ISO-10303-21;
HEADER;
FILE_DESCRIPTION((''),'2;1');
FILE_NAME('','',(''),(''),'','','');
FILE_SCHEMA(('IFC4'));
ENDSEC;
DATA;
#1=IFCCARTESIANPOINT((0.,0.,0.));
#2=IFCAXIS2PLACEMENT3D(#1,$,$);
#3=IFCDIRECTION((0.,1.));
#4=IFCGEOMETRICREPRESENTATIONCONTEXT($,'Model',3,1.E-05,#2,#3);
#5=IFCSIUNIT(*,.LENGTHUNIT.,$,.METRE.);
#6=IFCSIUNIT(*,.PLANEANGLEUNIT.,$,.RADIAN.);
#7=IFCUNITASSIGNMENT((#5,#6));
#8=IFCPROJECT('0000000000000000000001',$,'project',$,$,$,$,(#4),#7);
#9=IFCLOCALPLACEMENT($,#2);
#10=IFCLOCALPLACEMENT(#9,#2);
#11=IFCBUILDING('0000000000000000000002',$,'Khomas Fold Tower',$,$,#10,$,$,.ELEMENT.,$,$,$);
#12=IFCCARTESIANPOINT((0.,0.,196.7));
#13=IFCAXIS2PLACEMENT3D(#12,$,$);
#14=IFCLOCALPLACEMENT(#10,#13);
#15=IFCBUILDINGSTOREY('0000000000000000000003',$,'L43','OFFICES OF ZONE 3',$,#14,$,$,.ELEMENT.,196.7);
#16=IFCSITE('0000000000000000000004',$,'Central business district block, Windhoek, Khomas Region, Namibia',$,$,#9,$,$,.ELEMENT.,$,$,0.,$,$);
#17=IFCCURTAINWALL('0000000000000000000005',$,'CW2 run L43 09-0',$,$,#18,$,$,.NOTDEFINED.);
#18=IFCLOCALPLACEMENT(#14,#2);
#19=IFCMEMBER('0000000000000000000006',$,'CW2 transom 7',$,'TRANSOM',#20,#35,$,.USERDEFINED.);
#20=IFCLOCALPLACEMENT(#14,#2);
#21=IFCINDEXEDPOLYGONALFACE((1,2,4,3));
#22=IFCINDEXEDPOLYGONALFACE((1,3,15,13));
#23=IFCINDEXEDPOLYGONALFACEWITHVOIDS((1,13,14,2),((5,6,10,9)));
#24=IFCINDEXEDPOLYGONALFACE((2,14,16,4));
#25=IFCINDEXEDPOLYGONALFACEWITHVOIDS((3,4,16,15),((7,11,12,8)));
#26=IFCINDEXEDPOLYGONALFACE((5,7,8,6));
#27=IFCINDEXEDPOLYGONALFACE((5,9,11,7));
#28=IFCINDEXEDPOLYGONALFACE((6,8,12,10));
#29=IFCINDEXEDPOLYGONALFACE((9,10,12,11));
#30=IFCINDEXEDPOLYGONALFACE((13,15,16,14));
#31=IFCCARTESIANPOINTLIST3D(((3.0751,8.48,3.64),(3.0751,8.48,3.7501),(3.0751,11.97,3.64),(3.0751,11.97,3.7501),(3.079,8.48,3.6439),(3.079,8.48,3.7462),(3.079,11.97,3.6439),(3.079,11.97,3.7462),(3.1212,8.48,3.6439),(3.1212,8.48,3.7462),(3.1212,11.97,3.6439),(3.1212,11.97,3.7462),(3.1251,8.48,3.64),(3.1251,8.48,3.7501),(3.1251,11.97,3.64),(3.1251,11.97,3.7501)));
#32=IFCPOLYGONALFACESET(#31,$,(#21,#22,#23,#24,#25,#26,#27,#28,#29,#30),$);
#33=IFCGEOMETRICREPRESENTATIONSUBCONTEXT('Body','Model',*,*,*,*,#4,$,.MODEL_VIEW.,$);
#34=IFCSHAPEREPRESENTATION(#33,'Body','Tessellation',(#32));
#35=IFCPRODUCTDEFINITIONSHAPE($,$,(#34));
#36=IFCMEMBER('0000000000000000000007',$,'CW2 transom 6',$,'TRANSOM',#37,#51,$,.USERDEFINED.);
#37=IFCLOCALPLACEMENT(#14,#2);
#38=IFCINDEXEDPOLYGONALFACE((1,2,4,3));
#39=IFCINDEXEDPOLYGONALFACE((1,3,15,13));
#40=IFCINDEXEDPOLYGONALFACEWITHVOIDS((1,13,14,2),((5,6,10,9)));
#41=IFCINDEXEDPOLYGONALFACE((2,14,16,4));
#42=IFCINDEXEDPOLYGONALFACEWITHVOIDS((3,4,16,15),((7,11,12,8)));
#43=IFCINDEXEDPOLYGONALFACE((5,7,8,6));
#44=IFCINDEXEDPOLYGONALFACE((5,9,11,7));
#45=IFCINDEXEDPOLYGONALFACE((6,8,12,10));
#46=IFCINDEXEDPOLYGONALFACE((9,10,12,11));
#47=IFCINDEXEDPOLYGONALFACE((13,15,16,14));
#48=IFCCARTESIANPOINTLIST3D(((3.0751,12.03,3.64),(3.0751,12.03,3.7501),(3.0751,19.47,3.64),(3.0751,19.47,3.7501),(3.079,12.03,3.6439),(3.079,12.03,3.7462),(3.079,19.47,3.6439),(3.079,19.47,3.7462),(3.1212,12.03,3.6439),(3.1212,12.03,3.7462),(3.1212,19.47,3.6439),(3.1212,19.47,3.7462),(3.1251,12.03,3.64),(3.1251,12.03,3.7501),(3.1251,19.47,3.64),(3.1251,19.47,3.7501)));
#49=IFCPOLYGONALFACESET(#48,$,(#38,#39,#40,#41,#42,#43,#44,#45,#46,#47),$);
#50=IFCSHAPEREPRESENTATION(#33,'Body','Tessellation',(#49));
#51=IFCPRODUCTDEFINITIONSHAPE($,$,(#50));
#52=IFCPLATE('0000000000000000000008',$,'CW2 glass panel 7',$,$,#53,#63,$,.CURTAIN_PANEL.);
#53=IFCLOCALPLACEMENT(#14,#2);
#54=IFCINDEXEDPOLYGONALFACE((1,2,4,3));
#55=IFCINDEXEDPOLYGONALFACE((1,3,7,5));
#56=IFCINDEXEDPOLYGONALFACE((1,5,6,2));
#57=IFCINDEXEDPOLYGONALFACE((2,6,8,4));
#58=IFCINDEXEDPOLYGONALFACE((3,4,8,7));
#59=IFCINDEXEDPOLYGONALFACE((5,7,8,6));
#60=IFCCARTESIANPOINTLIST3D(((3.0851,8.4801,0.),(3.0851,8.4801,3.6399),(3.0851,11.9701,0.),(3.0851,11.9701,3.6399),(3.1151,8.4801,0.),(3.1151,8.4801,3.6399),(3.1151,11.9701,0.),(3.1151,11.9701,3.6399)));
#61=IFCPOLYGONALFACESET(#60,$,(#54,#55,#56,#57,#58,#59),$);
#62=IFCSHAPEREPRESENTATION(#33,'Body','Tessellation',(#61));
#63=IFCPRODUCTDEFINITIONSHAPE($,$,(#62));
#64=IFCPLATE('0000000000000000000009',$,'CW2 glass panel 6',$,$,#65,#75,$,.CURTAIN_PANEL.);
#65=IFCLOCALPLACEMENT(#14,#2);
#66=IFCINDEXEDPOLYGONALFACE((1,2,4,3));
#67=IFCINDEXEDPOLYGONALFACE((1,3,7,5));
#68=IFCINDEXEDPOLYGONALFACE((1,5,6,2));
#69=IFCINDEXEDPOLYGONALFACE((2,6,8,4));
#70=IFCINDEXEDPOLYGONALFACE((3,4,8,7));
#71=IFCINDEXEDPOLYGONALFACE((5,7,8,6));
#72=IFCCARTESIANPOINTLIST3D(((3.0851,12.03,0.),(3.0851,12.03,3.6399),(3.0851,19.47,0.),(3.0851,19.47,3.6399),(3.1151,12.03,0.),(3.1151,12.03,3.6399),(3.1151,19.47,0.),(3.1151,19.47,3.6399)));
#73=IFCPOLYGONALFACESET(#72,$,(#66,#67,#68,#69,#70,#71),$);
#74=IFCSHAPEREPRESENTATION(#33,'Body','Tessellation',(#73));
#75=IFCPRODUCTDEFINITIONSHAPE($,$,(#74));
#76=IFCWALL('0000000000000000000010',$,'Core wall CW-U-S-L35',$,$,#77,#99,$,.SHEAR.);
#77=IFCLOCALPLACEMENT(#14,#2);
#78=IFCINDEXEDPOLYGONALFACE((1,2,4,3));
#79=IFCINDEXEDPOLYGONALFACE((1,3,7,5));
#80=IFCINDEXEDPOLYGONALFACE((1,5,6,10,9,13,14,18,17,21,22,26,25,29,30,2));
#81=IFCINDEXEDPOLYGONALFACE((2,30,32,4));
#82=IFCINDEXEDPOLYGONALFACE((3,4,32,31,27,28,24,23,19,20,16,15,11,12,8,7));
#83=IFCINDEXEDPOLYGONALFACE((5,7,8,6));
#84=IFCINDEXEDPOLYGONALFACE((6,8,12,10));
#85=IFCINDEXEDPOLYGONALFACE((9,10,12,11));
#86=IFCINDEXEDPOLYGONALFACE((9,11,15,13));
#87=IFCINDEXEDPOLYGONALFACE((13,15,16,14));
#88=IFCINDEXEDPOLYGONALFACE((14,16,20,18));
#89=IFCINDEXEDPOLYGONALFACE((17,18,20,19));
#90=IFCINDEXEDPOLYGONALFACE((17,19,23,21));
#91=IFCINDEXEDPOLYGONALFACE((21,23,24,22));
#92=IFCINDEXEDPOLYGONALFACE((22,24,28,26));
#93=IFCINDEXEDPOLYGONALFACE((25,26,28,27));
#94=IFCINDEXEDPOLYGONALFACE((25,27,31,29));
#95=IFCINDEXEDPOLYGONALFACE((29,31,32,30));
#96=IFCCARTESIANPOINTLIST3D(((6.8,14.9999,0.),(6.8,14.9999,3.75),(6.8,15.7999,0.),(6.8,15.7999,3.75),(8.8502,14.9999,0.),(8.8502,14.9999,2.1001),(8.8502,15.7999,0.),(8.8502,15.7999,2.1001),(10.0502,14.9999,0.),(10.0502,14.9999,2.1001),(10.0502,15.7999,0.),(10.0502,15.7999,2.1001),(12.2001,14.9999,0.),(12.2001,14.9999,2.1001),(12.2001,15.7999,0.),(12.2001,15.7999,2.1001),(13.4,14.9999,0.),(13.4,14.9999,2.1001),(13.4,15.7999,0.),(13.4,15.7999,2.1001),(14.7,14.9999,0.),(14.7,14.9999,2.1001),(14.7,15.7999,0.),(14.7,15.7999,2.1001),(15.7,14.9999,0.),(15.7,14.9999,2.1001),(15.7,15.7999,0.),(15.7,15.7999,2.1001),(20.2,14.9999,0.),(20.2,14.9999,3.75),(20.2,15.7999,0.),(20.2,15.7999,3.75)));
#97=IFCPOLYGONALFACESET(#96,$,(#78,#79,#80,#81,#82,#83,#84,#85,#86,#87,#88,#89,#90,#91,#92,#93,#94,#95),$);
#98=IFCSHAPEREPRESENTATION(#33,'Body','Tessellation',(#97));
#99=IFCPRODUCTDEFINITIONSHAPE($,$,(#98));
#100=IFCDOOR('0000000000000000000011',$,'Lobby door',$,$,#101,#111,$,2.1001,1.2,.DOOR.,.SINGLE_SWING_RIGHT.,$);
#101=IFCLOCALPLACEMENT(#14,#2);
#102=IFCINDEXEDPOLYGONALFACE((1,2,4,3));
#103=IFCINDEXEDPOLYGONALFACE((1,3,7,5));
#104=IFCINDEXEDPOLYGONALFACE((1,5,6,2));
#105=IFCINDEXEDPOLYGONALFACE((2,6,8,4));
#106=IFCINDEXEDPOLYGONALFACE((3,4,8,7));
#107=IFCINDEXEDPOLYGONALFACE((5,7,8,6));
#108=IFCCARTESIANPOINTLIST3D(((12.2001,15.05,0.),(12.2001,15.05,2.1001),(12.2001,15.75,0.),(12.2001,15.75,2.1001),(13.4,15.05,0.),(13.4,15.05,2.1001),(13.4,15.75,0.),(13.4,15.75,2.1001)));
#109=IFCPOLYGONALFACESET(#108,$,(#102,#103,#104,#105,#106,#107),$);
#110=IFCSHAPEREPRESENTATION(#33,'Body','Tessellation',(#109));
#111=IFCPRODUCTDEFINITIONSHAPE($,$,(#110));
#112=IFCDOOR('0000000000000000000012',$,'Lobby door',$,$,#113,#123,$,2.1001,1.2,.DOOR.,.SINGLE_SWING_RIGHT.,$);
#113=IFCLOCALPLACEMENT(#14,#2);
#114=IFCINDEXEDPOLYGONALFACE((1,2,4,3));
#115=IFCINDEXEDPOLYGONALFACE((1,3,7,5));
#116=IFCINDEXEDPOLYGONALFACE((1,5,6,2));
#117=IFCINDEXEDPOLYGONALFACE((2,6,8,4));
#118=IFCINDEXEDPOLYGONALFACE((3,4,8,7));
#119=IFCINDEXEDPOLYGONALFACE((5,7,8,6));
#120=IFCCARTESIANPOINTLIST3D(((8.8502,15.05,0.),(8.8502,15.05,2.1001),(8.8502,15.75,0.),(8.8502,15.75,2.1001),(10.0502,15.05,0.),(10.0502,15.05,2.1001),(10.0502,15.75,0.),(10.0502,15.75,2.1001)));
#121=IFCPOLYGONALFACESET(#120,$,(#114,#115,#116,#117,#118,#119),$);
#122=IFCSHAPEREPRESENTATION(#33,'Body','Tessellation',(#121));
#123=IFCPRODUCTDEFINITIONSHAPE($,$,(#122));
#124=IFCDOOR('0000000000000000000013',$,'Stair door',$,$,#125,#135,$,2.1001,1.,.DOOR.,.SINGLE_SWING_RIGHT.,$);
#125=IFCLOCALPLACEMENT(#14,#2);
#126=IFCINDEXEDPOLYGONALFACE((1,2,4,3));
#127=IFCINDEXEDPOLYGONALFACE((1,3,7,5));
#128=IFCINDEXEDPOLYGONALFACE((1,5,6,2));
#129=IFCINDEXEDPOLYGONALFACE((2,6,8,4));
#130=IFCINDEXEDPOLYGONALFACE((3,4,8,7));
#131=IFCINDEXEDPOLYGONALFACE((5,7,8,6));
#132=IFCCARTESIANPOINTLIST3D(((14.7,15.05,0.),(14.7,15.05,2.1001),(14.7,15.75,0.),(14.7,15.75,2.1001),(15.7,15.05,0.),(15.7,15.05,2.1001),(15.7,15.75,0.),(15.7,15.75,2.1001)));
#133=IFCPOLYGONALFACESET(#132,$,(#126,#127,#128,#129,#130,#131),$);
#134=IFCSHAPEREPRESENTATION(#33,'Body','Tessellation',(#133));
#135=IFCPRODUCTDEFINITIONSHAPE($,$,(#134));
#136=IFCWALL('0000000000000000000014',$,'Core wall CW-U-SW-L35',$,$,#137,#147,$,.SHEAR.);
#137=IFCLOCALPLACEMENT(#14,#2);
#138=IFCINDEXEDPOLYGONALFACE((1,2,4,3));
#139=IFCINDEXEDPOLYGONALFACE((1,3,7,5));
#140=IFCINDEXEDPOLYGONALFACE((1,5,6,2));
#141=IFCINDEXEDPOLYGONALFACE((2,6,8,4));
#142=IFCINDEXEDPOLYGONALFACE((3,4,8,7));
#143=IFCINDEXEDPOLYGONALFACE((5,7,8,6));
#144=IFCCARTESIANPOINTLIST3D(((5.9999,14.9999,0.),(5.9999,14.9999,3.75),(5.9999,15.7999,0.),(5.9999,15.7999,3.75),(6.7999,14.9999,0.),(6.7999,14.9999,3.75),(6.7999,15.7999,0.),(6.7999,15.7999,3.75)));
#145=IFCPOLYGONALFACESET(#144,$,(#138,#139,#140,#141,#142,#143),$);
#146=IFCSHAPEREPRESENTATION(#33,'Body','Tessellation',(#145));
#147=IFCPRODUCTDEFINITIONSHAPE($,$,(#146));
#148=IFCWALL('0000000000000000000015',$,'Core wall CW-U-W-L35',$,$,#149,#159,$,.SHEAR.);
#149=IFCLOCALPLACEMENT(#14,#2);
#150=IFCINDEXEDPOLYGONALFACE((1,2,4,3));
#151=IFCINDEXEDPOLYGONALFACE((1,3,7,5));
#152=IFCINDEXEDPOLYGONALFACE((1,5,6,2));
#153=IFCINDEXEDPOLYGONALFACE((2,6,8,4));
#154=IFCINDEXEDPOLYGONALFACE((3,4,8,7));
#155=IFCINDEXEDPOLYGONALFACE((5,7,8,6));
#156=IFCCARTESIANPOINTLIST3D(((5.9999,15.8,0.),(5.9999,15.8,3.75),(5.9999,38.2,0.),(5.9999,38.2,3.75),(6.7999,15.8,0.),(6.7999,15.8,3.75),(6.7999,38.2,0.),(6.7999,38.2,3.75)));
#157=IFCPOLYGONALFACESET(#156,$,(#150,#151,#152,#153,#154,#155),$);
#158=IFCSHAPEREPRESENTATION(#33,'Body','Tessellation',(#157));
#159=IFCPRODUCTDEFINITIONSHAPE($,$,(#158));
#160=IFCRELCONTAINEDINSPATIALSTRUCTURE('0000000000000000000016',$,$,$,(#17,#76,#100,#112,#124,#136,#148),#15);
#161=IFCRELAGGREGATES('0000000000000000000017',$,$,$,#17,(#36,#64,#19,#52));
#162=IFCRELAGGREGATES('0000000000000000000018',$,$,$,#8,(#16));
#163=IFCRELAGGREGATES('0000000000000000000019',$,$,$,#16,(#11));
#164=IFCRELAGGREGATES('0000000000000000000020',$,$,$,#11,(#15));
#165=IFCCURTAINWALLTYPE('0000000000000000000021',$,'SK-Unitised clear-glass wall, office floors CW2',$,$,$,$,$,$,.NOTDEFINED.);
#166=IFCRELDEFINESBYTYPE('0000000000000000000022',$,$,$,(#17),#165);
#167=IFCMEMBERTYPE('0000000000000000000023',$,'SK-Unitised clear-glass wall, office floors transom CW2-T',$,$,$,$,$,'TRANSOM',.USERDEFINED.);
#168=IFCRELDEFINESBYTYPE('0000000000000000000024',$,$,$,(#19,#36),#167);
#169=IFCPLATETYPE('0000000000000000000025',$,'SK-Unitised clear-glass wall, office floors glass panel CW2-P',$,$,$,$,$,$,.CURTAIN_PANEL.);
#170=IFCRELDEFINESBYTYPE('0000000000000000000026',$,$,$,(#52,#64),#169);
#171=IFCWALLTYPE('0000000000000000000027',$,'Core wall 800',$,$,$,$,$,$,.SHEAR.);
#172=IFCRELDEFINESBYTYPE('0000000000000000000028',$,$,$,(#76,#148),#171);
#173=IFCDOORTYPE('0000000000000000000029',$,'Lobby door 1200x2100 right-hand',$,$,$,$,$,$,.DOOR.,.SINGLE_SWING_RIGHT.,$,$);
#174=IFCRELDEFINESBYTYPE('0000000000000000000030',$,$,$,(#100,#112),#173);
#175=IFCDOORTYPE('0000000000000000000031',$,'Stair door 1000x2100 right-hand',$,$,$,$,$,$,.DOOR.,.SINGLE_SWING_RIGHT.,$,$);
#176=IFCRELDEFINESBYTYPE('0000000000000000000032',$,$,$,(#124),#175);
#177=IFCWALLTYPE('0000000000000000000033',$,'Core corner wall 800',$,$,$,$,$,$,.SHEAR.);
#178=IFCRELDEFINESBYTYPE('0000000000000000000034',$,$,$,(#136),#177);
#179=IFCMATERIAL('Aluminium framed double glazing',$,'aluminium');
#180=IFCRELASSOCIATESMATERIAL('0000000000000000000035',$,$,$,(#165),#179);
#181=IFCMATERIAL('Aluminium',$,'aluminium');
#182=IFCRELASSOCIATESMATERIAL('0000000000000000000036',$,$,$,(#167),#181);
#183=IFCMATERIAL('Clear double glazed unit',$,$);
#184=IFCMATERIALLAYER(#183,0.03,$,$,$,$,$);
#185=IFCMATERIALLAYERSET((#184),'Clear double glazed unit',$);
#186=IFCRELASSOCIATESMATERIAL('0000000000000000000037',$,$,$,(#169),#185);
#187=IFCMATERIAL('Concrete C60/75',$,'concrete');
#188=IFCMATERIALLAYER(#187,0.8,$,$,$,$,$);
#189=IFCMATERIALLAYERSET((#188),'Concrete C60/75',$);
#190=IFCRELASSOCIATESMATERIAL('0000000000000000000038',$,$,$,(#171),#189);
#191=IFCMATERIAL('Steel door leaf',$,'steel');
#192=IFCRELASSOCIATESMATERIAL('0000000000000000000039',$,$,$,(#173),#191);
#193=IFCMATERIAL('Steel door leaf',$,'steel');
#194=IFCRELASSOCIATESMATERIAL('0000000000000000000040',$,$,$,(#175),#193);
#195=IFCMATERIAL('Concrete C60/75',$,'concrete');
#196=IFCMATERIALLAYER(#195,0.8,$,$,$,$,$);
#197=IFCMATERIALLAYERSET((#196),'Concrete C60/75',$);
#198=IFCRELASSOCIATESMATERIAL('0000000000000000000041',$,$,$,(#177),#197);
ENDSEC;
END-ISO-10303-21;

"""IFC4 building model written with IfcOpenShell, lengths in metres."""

from ifc_helpers import new_model, si_unit, direction, frame, frame_2d, origin, origin_2d, place, context, subcontext, project, spatial, rectangle, hollow_rectangle, extrude, source, transform, mapped, material, layer, layer_set, material_profile, profile_set, type_object, element, fill, aggregate, save


model = new_model("IFC4")

# Units and contexts
model_context = context("Model", 3, precision=1e-05, world=origin(), true_north=direction((0.0, 1.0)))
body_context = subcontext(model_context, "Body", "Model", "MODEL_VIEW")
ifc_project = project(units=[si_unit("LENGTHUNIT", "METRE"), si_unit("PLANEANGLEUNIT", "RADIAN")], contexts=[model_context])

# Site, building, storey
site_placement = place(None, origin())
site = spatial("IfcSite", under=ifc_project, at=site_placement, Name="Central business district block, Windhoek, Khomas Region, Namibia", CompositionType="ELEMENT", RefElevation=0.0)
building_placement = place(site_placement, origin())
building = spatial("IfcBuilding", under=site, at=building_placement, Name="Khomas Fold Tower", CompositionType="ELEMENT")
storey_placement = place(building_placement, frame((0.0, 0.0, 196.7)))
storey = spatial("IfcBuildingStorey", under=building, at=storey_placement, Name="L43", Description="OFFICES OF ZONE 3", CompositionType="ELEMENT", Elevation=196.7)

# Curtain wall, members, plates
ifc_material_1 = material(Name="Aluminium framed double glazing", Category="aluminium")
curtain_wall_type = type_object("IfcCurtainWallType", Name="SK-Unitised clear-glass wall, office floors CW2", PredefinedType="NOTDEFINED", material=ifc_material_1)
curtain_wall_placement = place(storey_placement, origin())
curtain_wall = element("IfcCurtainWall", 1, at=curtain_wall_placement, inside=storey, type_object=curtain_wall_type, Name="CW2 run L43 09-0", PredefinedType="NOTDEFINED")
ifc_material_2 = material(Name="Aluminium", Category="aluminium")
ifc_material_profile_1 = material_profile(ifc_material_2, hollow_rectangle(XDim=0.05, YDim=0.1101, WallThickness=0.0039, at=origin_2d()), Name="SK-Unitised clear-glass wall, office floors transom CW2-T")
ifc_profile_set_1 = profile_set([ifc_material_profile_1], Name="Aluminium")
member_type_1 = type_object("IfcMemberType", Name="SK-Unitised clear-glass wall, office floors transom CW2-T", ElementType="TRANSOM", PredefinedType="USERDEFINED", material=ifc_profile_set_1)
shared_shape_1 = source(origin(), body_context, "Body", "SweptSolid", [
    extrude(hollow_rectangle(XDim=0.05, YDim=0.1101, WallThickness=0.0039, at=origin_2d()), origin(), (0.0, 0.0, 1.0), 3.49),
])
member_1_placement = place(storey_placement, frame((3.1001, 11.97, 3.6951), z_axis=(0.0, -1.0, 0.0), x_axis=(1.0, 0.0, 0.0)))
member_1 = element("IfcMember", 2, at=member_1_placement, type_object=member_type_1, Name="CW2 transom 7", ObjectType="TRANSOM", PredefinedType="USERDEFINED", context=body_context, shape_type="MappedRepresentation", body=[
    mapped(shared_shape_1, transform((0.0, 0.0, 0.0))),
])
shared_shape_2 = source(origin(), body_context, "Body", "SweptSolid", [
    extrude(hollow_rectangle(XDim=0.05, YDim=0.1101, WallThickness=0.0039, at=origin_2d()), origin(), (0.0, 0.0, 1.0), 7.4399),
])
member_2_placement = place(storey_placement, frame((3.1001, 19.47, 3.6951), z_axis=(0.0, -1.0, 0.0), x_axis=(1.0, 0.0, 0.0)))
member_2 = element("IfcMember", 3, at=member_2_placement, type_object=member_type_1, Name="CW2 transom 6", ObjectType="TRANSOM", PredefinedType="USERDEFINED", context=body_context, shape_type="MappedRepresentation", body=[
    mapped(shared_shape_2, transform((0.0, 0.0, 0.0))),
])
ifc_material_3 = material(Name="Clear double glazed unit")
ifc_layer_1 = layer(ifc_material_3, 0.03)
ifc_layer_set_1 = layer_set([ifc_layer_1], Name="Clear double glazed unit")
plate_type = type_object("IfcPlateType", Name="SK-Unitised clear-glass wall, office floors glass panel CW2-P", PredefinedType="CURTAIN_PANEL", material=ifc_layer_set_1)
shared_shape_3 = source(origin(), body_context, "Body", "SweptSolid", [
    extrude(rectangle(XDim=3.49, YDim=0.03, at=origin_2d()), origin(), (0.0, 0.0, 1.0), 3.6399),
])
plate_1_placement = place(storey_placement, frame((3.1001, 10.2251, 0.0), z_axis=(0.0, 0.0, 1.0), x_axis=(0.0, -1.0, 0.0)))
plate_1 = element("IfcPlate", 4, at=plate_1_placement, type_object=plate_type, Name="CW2 glass panel 7", PredefinedType="CURTAIN_PANEL", context=body_context, shape_type="MappedRepresentation", body=[
    mapped(shared_shape_3, transform((0.0, 0.0, 0.0))),
])
shared_shape_4 = source(origin(), body_context, "Body", "SweptSolid", [
    extrude(rectangle(XDim=7.4399, YDim=0.03, at=origin_2d()), origin(), (0.0, 0.0, 1.0), 3.6399),
])
plate_2_placement = place(storey_placement, frame((3.1001, 15.75, 0.0), z_axis=(0.0, 0.0, 1.0), x_axis=(0.0, -1.0, 0.0)))
plate_2 = element("IfcPlate", 5, at=plate_2_placement, type_object=plate_type, Name="CW2 glass panel 6", PredefinedType="CURTAIN_PANEL", context=body_context, shape_type="MappedRepresentation", body=[
    mapped(shared_shape_4, transform((0.0, 0.0, 0.0))),
])
aggregate(curtain_wall, [member_2, plate_2, member_1, plate_1])

# Wall, openings, doors
ifc_material_4 = material(Name="Concrete C60/75", Category="concrete")
ifc_layer_2 = layer(ifc_material_4, 0.8)
ifc_layer_set_2 = layer_set([ifc_layer_2], Name="Concrete C60/75")
wall_type_1 = type_object("IfcWallType", Name="Core wall 800", PredefinedType="SHEAR", material=ifc_layer_set_2)
shared_shape_5 = source(origin(), body_context, "Body", "SweptSolid", [
    extrude(rectangle(XDim=13.3999, YDim=0.8, at=frame_2d((6.7, 0.0))), origin(), (0.0, 0.0, 1.0), 3.75),
])
wall_1_placement = place(storey_placement, frame((6.8, 15.3999, 0.0), z_axis=(0.0, 0.0, 1.0), x_axis=(1.0, 0.0, 0.0)))
wall_1 = element("IfcWall", 6, at=wall_1_placement, inside=storey, type_object=wall_type_1, Name="Core wall CW-U-S-L35", PredefinedType="SHEAR", context=body_context, shape_type="MappedRepresentation", body=[
    mapped(shared_shape_5, transform((0.0, 0.0, 0.0))),
])
shared_shape_6 = source(origin(), body_context, "Body", "SweptSolid", [
    extrude(rectangle(XDim=1.2, YDim=2.1001, at=frame_2d((0.6001, 1.05))), frame((0.0, 0.4099, 0.0), z_axis=(0.0, -1.0, 0.0), x_axis=(1.0, 0.0, 0.0)), (0.0, 0.0, 1.0), 0.8201),
])
opening_1_placement = place(wall_1_placement, frame((5.3999, 0.0, 0.0)))
opening_1 = element("IfcOpeningElement", 7, at=opening_1_placement, cuts=wall_1, PredefinedType="OPENING", context=body_context, shape_type="MappedRepresentation", body=[
    mapped(shared_shape_6, transform((0.0, 0.0, 0.0))),
])
opening_2_placement = place(wall_1_placement, frame((2.05, 0.0, 0.0)))
opening_2 = element("IfcOpeningElement", 8, at=opening_2_placement, cuts=wall_1, PredefinedType="OPENING", context=body_context, shape_type="MappedRepresentation", body=[
    mapped(shared_shape_6, transform((0.0, 0.0, 0.0))),
])
shared_shape_7 = source(origin(), body_context, "Body", "SweptSolid", [
    extrude(rectangle(XDim=1.0, YDim=2.1001, at=frame_2d((0.5, 1.05))), frame((0.0, 0.4099, 0.0), z_axis=(0.0, -1.0, 0.0), x_axis=(1.0, 0.0, 0.0)), (0.0, 0.0, 1.0), 0.8201),
])
opening_3_placement = place(wall_1_placement, frame((7.8999, 0.0, 0.0)))
opening_3 = element("IfcOpeningElement", 9, at=opening_3_placement, cuts=wall_1, PredefinedType="OPENING", context=body_context, shape_type="MappedRepresentation", body=[
    mapped(shared_shape_7, transform((0.0, 0.0, 0.0))),
])
ifc_material_5 = material(Name="Steel door leaf", Category="steel")
door_type_1 = type_object("IfcDoorType", Name="Lobby door 1200x2100 right-hand", OperationType="SINGLE_SWING_RIGHT", PredefinedType="DOOR", material=ifc_material_5)
shared_shape_8 = source(origin(), body_context, "Body", "SweptSolid", [
    extrude(rectangle(XDim=1.2, YDim=2.1001, at=frame_2d((0.6001, 1.05))), frame((0.0, 0.3501, 0.0), z_axis=(0.0, -1.0, 0.0), x_axis=(1.0, 0.0, 0.0)), (0.0, 0.0, 1.0), 0.7),
])
door_1_placement = place(opening_1_placement, origin())
door_1 = element("IfcDoor", 10, at=door_1_placement, inside=storey, type_object=door_type_1, Name="Lobby door", OperationType="SINGLE_SWING_RIGHT", OverallHeight=2.1001, OverallWidth=1.2, PredefinedType="DOOR", context=body_context, shape_type="MappedRepresentation", body=[
    mapped(shared_shape_8, transform((0.0, 0.0, 0.0))),
])
fill(opening_1, door_1)
door_2_placement = place(opening_2_placement, origin())
door_2 = element("IfcDoor", 11, at=door_2_placement, inside=storey, type_object=door_type_1, Name="Lobby door", OperationType="SINGLE_SWING_RIGHT", OverallHeight=2.1001, OverallWidth=1.2, PredefinedType="DOOR", context=body_context, shape_type="MappedRepresentation", body=[
    mapped(shared_shape_8, transform((0.0, 0.0, 0.0))),
])
fill(opening_2, door_2)
ifc_material_6 = material(Name="Steel door leaf", Category="steel")
door_type_2 = type_object("IfcDoorType", Name="Stair door 1000x2100 right-hand", OperationType="SINGLE_SWING_RIGHT", PredefinedType="DOOR", material=ifc_material_6)
shared_shape_9 = source(origin(), body_context, "Body", "SweptSolid", [
    extrude(rectangle(XDim=1.0, YDim=2.1001, at=frame_2d((0.5, 1.05))), frame((0.0, 0.3501, 0.0), z_axis=(0.0, -1.0, 0.0), x_axis=(1.0, 0.0, 0.0)), (0.0, 0.0, 1.0), 0.7),
])
door_3_placement = place(opening_3_placement, origin())
door_3 = element("IfcDoor", 12, at=door_3_placement, inside=storey, type_object=door_type_2, Name="Stair door", OperationType="SINGLE_SWING_RIGHT", OverallHeight=2.1001, OverallWidth=1.0, PredefinedType="DOOR", context=body_context, shape_type="MappedRepresentation", body=[
    mapped(shared_shape_9, transform((0.0, 0.0, 0.0))),
])
fill(opening_3, door_3)

# Walls
ifc_material_7 = material(Name="Concrete C60/75", Category="concrete")
ifc_layer_3 = layer(ifc_material_7, 0.8)
ifc_layer_set_3 = layer_set([ifc_layer_3], Name="Concrete C60/75")
wall_type_2 = type_object("IfcWallType", Name="Core corner wall 800", PredefinedType="SHEAR", material=ifc_layer_set_3)
shared_shape_10 = source(origin(), body_context, "Body", "SweptSolid", [
    extrude(rectangle(XDim=0.8, YDim=0.8, at=frame_2d((0.3999, 0.0))), origin(), (0.0, 0.0, 1.0), 3.75),
])
wall_2_placement = place(storey_placement, frame((6.0, 15.3999, 0.0), z_axis=(0.0, 0.0, 1.0), x_axis=(1.0, 0.0, 0.0)))
element("IfcWall", 13, at=wall_2_placement, inside=storey, type_object=wall_type_2, Name="Core wall CW-U-SW-L35", PredefinedType="SHEAR", context=body_context, shape_type="MappedRepresentation", body=[
    mapped(shared_shape_10, transform((0.0, 0.0, 0.0))),
])
shared_shape_11 = source(origin(), body_context, "Body", "SweptSolid", [
    extrude(rectangle(XDim=22.3999, YDim=0.8, at=frame_2d((11.2, 0.0))), origin(), (0.0, 0.0, 1.0), 3.75),
])
wall_3_placement = place(storey_placement, frame((6.3999, 15.8, 0.0), z_axis=(0.0, 0.0, 1.0), x_axis=(0.0, 1.0, 0.0)))
element("IfcWall", 14, at=wall_3_placement, inside=storey, type_object=wall_type_1, Name="Core wall CW-U-W-L35", PredefinedType="SHEAR", context=body_context, shape_type="MappedRepresentation", body=[
    mapped(shared_shape_11, transform((0.0, 0.0, 0.0))),
])

save(model, "model.ifc")
